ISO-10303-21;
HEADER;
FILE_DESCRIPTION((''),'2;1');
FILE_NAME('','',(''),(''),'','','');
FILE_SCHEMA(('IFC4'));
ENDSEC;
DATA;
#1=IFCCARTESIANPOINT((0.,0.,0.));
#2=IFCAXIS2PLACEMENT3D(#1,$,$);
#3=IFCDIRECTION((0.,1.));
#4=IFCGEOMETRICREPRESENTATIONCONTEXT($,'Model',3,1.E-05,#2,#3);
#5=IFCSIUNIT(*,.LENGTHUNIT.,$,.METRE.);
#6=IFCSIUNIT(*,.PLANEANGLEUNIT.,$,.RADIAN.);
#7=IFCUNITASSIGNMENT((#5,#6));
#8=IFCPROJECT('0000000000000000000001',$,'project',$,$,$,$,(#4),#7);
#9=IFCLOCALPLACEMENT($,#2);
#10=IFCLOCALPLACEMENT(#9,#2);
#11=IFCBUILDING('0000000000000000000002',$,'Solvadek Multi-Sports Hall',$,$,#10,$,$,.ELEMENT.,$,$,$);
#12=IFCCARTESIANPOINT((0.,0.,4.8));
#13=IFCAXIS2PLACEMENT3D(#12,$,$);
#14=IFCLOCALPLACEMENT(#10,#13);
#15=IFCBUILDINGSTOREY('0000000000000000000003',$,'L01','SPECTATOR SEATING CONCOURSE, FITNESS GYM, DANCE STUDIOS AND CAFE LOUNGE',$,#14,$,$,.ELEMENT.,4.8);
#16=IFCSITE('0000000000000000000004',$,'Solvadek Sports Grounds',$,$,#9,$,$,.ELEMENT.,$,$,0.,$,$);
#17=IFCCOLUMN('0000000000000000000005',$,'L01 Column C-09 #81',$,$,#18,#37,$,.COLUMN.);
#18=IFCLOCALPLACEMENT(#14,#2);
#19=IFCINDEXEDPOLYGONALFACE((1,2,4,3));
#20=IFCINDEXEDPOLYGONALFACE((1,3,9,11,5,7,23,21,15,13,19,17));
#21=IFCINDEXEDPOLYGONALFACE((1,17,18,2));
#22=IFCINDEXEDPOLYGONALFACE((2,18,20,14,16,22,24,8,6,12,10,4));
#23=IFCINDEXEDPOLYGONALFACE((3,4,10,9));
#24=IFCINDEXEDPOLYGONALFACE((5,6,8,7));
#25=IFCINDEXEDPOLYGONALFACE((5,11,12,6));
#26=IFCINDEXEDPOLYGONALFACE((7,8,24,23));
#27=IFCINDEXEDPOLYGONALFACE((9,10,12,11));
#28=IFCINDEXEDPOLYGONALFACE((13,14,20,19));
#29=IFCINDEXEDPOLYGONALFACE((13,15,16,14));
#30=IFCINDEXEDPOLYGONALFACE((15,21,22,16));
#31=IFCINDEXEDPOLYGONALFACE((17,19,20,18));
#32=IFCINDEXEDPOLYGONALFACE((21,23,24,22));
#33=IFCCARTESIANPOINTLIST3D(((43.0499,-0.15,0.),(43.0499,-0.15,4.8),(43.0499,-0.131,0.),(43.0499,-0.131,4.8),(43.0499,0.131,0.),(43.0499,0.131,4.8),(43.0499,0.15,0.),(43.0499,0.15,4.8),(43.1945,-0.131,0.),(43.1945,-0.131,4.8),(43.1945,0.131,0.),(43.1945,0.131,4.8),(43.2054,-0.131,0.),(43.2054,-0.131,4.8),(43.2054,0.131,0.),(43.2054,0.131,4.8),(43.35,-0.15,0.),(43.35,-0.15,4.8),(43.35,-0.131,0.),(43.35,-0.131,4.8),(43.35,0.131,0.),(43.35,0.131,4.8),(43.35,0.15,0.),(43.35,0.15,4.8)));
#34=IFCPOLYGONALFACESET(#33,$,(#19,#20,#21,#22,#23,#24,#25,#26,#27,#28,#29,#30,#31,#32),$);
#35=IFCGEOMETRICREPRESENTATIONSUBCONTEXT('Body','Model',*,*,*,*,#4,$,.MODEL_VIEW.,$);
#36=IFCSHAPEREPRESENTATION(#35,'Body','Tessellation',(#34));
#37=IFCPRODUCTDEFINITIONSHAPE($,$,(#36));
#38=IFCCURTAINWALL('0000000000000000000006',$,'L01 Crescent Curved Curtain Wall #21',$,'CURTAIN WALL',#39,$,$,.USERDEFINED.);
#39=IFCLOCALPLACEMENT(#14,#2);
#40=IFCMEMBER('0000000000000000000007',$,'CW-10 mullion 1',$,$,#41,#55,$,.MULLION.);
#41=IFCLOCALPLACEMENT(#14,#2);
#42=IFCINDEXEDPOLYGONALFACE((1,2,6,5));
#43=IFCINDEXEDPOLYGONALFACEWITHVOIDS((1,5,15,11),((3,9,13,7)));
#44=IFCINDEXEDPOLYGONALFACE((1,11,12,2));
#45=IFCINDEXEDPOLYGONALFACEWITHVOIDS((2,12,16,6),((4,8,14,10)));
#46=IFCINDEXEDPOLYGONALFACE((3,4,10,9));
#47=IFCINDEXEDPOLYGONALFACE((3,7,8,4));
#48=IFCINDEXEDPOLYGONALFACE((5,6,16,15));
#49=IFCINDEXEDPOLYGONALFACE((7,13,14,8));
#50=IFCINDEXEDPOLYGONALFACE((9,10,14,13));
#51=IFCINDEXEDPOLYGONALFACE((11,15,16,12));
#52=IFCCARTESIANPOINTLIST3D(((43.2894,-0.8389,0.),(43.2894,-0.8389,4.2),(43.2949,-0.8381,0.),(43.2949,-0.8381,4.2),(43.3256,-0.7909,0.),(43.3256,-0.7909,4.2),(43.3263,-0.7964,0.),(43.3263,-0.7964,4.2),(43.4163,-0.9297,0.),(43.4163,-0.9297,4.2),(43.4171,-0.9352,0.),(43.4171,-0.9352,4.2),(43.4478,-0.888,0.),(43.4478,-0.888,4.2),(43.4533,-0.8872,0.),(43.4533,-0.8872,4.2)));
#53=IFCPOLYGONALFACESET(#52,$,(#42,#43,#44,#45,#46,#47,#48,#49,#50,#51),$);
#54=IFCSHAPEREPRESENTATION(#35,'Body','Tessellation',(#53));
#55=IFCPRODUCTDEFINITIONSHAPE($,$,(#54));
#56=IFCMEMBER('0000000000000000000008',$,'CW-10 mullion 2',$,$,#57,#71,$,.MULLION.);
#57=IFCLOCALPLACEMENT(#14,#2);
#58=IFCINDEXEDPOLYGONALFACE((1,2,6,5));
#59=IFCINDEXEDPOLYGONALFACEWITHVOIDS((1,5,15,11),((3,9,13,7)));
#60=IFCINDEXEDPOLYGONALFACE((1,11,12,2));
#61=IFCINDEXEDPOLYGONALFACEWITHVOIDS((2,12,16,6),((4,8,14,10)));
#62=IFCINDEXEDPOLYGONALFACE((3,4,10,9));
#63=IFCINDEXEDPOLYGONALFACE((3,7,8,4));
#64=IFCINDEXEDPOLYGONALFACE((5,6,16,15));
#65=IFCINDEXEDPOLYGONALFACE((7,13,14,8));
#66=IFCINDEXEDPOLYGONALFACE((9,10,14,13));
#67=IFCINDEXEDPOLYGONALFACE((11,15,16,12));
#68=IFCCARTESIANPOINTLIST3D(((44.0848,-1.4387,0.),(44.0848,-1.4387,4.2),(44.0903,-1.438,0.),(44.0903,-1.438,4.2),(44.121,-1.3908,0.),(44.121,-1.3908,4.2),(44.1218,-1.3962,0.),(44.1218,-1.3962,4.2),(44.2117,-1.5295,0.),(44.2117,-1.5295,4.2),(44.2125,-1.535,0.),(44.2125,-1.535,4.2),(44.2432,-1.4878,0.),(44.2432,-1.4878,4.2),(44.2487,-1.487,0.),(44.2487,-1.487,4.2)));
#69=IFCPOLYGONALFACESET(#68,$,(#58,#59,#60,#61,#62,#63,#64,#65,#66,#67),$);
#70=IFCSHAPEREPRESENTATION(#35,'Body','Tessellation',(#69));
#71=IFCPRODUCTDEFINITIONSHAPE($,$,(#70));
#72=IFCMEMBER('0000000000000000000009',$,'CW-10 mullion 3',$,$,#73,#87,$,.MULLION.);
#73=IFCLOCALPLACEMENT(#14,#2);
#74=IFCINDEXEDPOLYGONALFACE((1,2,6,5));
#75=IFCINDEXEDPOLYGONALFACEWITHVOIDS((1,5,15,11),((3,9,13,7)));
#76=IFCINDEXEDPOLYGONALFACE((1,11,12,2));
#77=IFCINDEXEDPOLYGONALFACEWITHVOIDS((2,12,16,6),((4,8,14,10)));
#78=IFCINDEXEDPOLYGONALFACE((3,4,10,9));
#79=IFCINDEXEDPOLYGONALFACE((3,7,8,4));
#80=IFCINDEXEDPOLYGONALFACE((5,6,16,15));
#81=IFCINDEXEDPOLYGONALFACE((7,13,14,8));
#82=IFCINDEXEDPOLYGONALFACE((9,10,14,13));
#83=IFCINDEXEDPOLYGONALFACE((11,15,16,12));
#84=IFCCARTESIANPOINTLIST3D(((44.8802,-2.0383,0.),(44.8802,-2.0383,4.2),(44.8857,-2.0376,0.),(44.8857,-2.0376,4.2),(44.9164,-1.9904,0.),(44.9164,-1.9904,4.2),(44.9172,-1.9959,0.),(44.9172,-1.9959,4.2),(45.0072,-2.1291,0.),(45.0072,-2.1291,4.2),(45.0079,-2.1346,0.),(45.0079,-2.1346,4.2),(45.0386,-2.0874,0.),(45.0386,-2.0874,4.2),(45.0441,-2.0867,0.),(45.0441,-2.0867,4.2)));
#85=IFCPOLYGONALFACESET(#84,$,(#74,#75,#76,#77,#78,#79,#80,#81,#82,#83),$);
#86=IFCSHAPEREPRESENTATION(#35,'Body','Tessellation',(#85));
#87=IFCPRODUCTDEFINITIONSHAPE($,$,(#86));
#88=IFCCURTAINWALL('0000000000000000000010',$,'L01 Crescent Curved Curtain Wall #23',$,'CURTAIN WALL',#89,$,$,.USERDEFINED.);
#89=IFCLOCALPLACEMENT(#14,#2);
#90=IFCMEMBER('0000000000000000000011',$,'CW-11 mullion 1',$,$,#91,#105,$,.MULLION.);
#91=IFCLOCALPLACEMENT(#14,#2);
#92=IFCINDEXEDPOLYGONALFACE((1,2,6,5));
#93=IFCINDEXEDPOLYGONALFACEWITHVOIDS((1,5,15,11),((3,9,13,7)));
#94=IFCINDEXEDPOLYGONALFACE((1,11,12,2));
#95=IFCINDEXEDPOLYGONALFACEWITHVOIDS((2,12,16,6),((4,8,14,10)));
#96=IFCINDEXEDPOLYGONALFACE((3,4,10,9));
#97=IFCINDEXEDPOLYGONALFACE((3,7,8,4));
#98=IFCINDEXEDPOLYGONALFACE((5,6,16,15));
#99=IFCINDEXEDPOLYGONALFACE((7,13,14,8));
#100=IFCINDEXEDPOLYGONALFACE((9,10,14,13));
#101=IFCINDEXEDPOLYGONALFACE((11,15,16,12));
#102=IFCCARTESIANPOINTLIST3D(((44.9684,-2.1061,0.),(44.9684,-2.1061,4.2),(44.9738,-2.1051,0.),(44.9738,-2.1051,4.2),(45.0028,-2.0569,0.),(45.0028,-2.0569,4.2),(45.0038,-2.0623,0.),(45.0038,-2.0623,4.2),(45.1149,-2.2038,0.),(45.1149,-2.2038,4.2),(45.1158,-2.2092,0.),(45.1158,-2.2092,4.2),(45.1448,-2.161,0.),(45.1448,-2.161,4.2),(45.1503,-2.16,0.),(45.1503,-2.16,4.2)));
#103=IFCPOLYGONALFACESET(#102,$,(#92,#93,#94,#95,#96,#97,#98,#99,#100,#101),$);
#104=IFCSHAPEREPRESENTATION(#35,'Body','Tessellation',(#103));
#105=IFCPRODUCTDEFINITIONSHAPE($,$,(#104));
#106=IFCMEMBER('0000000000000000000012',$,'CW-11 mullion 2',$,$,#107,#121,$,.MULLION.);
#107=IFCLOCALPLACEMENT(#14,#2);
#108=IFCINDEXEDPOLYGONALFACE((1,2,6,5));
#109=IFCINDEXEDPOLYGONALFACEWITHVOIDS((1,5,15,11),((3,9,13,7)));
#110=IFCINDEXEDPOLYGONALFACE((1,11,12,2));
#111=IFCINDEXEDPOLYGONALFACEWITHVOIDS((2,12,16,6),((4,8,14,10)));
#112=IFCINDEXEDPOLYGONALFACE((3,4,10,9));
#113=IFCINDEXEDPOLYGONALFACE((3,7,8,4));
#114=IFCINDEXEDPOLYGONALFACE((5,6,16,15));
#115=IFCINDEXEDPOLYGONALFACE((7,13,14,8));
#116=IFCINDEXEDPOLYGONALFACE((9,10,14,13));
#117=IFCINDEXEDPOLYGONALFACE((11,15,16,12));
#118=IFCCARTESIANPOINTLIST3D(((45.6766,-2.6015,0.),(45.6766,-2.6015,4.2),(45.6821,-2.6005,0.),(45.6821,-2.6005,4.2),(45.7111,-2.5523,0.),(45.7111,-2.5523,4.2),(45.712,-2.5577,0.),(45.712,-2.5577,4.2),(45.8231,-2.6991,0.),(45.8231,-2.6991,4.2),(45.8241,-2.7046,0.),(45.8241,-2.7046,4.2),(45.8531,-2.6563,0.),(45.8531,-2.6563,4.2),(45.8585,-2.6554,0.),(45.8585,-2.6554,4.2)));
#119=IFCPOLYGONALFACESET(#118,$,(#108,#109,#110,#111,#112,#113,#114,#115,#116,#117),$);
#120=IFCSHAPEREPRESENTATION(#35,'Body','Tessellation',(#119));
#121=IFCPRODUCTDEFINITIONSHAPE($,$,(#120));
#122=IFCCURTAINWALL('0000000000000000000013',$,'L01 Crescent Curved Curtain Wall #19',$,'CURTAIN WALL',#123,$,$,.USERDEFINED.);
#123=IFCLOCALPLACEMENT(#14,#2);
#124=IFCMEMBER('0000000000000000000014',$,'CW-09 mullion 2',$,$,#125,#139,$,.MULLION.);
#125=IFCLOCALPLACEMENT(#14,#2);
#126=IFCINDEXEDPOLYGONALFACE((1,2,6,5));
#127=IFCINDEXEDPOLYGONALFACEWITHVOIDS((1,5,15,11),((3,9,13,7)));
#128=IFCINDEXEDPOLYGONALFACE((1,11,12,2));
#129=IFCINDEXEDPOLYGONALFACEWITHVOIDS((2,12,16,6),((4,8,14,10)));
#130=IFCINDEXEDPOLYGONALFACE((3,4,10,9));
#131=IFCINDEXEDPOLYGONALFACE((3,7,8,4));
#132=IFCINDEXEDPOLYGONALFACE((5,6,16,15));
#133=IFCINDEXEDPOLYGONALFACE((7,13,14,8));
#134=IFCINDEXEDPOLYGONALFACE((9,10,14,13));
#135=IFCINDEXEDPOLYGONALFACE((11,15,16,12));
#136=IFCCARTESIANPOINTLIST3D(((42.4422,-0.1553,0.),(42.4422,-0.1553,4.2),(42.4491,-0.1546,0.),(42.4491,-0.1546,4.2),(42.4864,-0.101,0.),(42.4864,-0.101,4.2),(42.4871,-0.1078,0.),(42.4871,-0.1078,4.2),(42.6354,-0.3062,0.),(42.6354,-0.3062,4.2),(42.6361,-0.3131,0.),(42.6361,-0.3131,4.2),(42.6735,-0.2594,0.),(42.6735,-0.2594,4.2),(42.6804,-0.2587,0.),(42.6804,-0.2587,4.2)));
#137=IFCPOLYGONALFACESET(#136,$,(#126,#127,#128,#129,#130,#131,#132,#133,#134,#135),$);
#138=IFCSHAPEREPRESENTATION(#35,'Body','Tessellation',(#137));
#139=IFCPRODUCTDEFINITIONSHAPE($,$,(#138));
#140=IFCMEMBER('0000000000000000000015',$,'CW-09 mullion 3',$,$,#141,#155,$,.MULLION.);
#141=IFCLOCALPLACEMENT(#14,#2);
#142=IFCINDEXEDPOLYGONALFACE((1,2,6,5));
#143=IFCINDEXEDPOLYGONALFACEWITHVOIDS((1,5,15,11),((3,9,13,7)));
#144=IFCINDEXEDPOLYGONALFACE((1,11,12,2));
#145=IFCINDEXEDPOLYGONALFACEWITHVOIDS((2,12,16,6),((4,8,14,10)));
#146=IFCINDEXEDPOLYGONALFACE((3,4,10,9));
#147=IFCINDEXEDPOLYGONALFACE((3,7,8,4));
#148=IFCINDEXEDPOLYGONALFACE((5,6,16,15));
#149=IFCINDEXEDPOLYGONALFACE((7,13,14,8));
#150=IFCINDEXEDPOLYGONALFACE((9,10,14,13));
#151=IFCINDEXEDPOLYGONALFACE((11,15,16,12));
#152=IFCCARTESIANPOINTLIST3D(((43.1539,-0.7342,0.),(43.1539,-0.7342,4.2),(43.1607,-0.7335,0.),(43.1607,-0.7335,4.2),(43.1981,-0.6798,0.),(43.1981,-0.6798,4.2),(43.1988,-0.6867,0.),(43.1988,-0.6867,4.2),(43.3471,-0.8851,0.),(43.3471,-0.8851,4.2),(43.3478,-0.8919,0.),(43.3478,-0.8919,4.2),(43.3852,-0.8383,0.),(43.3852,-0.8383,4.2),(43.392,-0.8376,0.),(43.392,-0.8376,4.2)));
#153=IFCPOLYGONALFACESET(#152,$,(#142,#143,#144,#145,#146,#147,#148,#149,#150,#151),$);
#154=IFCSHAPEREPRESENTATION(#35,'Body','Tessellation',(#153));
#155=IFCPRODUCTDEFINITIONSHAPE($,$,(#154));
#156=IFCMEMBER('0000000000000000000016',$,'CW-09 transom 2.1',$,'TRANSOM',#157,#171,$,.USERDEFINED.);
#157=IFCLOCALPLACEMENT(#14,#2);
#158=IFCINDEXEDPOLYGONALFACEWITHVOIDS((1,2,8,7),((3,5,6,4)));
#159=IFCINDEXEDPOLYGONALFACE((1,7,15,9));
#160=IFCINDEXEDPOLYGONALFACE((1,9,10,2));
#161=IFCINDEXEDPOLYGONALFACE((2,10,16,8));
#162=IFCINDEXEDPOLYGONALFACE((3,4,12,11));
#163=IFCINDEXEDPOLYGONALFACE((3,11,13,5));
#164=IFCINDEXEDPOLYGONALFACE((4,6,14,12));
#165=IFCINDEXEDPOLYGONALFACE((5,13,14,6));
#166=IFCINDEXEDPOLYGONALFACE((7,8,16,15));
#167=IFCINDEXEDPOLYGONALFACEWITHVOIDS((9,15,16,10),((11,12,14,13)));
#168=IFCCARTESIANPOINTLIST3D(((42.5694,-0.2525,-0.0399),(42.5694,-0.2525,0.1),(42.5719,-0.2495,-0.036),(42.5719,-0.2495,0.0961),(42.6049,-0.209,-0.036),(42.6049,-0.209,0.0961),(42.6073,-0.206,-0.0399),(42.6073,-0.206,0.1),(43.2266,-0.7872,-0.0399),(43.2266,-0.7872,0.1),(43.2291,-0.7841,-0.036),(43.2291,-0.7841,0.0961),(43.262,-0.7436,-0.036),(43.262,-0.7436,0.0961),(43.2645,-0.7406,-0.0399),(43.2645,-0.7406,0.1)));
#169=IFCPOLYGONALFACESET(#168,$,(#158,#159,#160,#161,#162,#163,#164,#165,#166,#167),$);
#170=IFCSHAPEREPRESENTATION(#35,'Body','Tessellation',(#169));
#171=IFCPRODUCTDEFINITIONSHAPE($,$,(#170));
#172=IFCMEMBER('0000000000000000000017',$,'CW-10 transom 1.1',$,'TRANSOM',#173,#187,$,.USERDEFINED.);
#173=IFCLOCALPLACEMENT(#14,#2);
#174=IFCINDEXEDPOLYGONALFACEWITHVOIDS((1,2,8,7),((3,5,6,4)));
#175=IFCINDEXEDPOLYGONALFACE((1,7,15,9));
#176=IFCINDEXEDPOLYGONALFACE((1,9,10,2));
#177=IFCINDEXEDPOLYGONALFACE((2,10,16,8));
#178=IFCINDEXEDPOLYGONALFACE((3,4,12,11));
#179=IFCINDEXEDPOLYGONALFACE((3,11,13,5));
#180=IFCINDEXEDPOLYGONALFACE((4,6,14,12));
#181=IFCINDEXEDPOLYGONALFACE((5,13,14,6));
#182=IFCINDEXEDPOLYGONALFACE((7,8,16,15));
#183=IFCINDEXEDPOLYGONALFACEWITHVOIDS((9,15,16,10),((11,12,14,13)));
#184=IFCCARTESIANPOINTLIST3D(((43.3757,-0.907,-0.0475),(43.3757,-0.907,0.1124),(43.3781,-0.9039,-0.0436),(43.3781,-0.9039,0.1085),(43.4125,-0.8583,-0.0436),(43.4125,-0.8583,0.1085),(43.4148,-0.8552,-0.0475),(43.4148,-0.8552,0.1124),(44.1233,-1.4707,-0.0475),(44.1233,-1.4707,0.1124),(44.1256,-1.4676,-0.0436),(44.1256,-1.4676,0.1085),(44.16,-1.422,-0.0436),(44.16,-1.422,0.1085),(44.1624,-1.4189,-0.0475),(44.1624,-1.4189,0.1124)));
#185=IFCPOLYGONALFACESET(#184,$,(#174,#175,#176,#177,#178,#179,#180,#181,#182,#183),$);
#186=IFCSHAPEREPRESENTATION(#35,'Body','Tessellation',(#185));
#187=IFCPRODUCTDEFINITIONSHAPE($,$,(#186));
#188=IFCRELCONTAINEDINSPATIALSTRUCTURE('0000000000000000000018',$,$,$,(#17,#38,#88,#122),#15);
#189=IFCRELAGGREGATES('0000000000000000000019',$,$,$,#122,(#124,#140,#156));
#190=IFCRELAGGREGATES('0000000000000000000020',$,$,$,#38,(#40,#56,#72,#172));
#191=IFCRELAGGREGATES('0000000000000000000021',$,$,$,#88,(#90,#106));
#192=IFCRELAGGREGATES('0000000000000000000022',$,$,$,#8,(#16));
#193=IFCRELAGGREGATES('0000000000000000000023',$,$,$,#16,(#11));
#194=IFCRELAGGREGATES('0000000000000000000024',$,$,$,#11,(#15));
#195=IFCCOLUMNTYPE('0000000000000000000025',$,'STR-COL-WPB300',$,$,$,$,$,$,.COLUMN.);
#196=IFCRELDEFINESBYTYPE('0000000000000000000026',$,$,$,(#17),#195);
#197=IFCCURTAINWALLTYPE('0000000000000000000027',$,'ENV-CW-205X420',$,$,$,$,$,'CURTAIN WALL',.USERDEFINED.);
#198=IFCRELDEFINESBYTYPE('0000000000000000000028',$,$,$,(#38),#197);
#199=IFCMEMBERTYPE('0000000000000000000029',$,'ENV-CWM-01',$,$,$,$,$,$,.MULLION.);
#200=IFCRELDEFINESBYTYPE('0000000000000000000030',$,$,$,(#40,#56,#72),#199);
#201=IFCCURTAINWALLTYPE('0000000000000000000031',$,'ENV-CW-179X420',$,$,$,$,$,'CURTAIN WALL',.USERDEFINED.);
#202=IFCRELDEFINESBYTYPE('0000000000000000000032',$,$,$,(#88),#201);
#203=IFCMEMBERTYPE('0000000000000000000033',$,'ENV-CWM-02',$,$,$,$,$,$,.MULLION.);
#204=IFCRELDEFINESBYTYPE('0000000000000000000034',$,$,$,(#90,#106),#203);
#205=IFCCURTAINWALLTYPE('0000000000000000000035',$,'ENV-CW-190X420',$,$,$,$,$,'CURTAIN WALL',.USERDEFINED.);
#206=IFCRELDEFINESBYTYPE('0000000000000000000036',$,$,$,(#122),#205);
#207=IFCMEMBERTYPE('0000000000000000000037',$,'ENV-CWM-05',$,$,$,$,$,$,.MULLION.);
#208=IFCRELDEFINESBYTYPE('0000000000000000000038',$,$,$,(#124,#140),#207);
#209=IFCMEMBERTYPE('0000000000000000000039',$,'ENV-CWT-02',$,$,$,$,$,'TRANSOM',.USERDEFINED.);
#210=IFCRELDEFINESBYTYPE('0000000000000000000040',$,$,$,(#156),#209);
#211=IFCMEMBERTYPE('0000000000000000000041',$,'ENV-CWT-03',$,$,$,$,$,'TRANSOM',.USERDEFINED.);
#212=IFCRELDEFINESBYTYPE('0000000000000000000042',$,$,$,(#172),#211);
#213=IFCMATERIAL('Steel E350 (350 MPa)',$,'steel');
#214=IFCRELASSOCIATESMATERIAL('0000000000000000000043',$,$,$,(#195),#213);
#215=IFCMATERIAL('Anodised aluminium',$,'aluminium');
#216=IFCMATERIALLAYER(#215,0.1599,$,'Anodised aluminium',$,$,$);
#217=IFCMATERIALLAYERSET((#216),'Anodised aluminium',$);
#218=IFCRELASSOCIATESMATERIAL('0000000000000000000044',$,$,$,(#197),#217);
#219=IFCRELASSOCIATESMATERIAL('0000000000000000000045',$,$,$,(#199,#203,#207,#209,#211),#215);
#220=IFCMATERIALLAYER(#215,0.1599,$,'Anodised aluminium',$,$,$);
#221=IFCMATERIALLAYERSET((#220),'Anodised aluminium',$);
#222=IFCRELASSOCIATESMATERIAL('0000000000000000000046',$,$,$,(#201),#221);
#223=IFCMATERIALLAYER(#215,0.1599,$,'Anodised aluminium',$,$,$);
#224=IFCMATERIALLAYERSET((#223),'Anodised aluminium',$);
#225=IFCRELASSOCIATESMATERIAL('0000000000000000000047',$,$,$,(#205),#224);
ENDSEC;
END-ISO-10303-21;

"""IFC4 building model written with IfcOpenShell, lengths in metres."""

from ifc_helpers import new_model, si_unit, direction, frame, origin, origin_2d, place, context, subcontext, project, spatial, hollow_rectangle, i_section, extrude, material, layer, layer_set, material_profile, profile_set, type_object, element, aggregate, save


model = new_model("IFC4")

# Units and contexts
model_context = context("Model", 3, precision=1e-05, world=origin(), true_north=direction((0.0, 1.0)))
body_context = subcontext(model_context, "Body", "Model", "MODEL_VIEW")
ifc_project = project(units=[si_unit("LENGTHUNIT", "METRE"), si_unit("PLANEANGLEUNIT", "RADIAN")], contexts=[model_context])

# Site, building, storey
site_placement = place(None, origin())
site = spatial("IfcSite", under=ifc_project, at=site_placement, Name="Solvadek Sports Grounds", CompositionType="ELEMENT", RefElevation=0.0)
building_placement = place(site_placement, origin())
building = spatial("IfcBuilding", under=site, at=building_placement, Name="Solvadek Multi-Sports Hall", CompositionType="ELEMENT")
storey_placement = place(building_placement, frame((0.0, 0.0, 4.8)))
storey = spatial("IfcBuildingStorey", under=building, at=storey_placement, Name="L01", Description="SPECTATOR SEATING CONCOURSE, FITNESS GYM, DANCE STUDIOS AND CAFE LOUNGE", CompositionType="ELEMENT", Elevation=4.8)

# Column
ifc_material_1 = material(Name="Steel E350 (350 MPa)", Category="steel")
ifc_material_profile_1 = material_profile(ifc_material_1, i_section(OverallWidth=0.3, OverallDepth=0.3, WebThickness=0.011, FlangeThickness=0.019, at=origin_2d()), Name="WPB 300")
ifc_profile_set_1 = profile_set([ifc_material_profile_1], Name="Steel E350 (350 MPa)")
column_type = type_object("IfcColumnType", Name="STR-COL-WPB300", PredefinedType="COLUMN", material=ifc_profile_set_1)
column_placement = place(storey_placement, frame((43.2, 0.0, 0.0), z_axis=(0.0, 0.0, 1.0), x_axis=(1.0, 0.0, 0.0)))
element("IfcColumn", 1, at=column_placement, inside=storey, type_object=column_type, Name="L01 Column C-09 #81", PredefinedType="COLUMN", context=body_context, shape_type="SweptSolid", body=[
    extrude(i_section(OverallWidth=0.3, OverallDepth=0.3, WebThickness=0.011, FlangeThickness=0.019, at=origin_2d()), origin(), (0.0, 0.0, 1.0), 4.8),
])

# Curtain walls, members
ifc_material_2 = material(Name="Anodised aluminium", Category="aluminium")
ifc_layer_1 = layer(ifc_material_2, 0.1599, Name="Anodised aluminium")
ifc_layer_set_1 = layer_set([ifc_layer_1], Name="Anodised aluminium")
curtain_wall_type_1 = type_object("IfcCurtainWallType", Name="ENV-CW-205X420", ElementType="CURTAIN WALL", PredefinedType="USERDEFINED", material=ifc_layer_set_1)
curtain_wall_1_placement = place(storey_placement, origin())
curtain_wall_1 = element("IfcCurtainWall", 2, at=curtain_wall_1_placement, inside=storey, type_object=curtain_wall_type_1, Name="L01 Crescent Curved Curtain Wall #21", ObjectType="CURTAIN WALL", PredefinedType="USERDEFINED")
ifc_material_profile_2 = material_profile(ifc_material_2, hollow_rectangle(XDim=0.0601, YDim=0.1599, WallThickness=0.0039, at=origin_2d()), Name="ALU-M 160x60x4")
ifc_profile_set_2 = profile_set([ifc_material_profile_2], Name="Anodised aluminium")
member_type_1 = type_object("IfcMemberType", Name="ENV-CWM-01", PredefinedType="MULLION", material=ifc_profile_set_2)
member_1_placement = place(storey_placement, frame((43.3713, -0.863, 0.0), z_axis=(0.0, 0.0, 1.0), x_axis=(0.602025, 0.798477, 0.0)))
member_1 = element("IfcMember", 3, at=member_1_placement, type_object=member_type_1, Name="CW-10 mullion 1", PredefinedType="MULLION", context=body_context, shape_type="SweptSolid", body=[
    extrude(hollow_rectangle(XDim=0.0601, YDim=0.1599, WallThickness=0.0039, at=origin_2d()), origin(), (0.0, 0.0, 1.0), 4.2),
])
member_2_placement = place(storey_placement, frame((44.1667, -1.4629, 0.0), z_axis=(0.0, 0.0, 1.0), x_axis=(0.602025, 0.798477, 0.0)))
member_2 = element("IfcMember", 4, at=member_2_placement, type_object=member_type_1, Name="CW-10 mullion 2", PredefinedType="MULLION", context=body_context, shape_type="SweptSolid", body=[
    extrude(hollow_rectangle(XDim=0.0601, YDim=0.1599, WallThickness=0.0039, at=origin_2d()), origin(), (0.0, 0.0, 1.0), 4.2),
])
member_3_placement = place(storey_placement, frame((44.9622, -2.0625, 0.0), z_axis=(0.0, 0.0, 1.0), x_axis=(0.602025, 0.798477, 0.0)))
member_3 = element("IfcMember", 5, at=member_3_placement, type_object=member_type_1, Name="CW-10 mullion 3", PredefinedType="MULLION", context=body_context, shape_type="SweptSolid", body=[
    extrude(hollow_rectangle(XDim=0.0601, YDim=0.1599, WallThickness=0.0039, at=origin_2d()), origin(), (0.0, 0.0, 1.0), 4.2),
])
ifc_layer_2 = layer(ifc_material_2, 0.1599, Name="Anodised aluminium")
ifc_layer_set_2 = layer_set([ifc_layer_2], Name="Anodised aluminium")
curtain_wall_type_2 = type_object("IfcCurtainWallType", Name="ENV-CW-179X420", ElementType="CURTAIN WALL", PredefinedType="USERDEFINED", material=ifc_layer_set_2)
curtain_wall_2_placement = place(storey_placement, origin())
curtain_wall_2 = element("IfcCurtainWall", 6, at=curtain_wall_2_placement, inside=storey, type_object=curtain_wall_type_2, Name="L01 Crescent Curved Curtain Wall #23", ObjectType="CURTAIN WALL", PredefinedType="USERDEFINED")
ifc_material_profile_3 = material_profile(ifc_material_2, hollow_rectangle(XDim=0.0601, YDim=0.1799, WallThickness=0.0039, at=origin_2d()), Name="ALU-M 180x60x4")
ifc_profile_set_3 = profile_set([ifc_material_profile_3], Name="Anodised aluminium")
member_type_2 = type_object("IfcMemberType", Name="ENV-CWM-02", PredefinedType="MULLION", material=ifc_profile_set_3)
member_4_placement = place(storey_placement, frame((45.0593, -2.1331, 0.0), z_axis=(0.0, 0.0, 1.0), x_axis=(0.57308, 0.8195, 0.0)))
member_4 = element("IfcMember", 7, at=member_4_placement, type_object=member_type_2, Name="CW-11 mullion 1", PredefinedType="MULLION", context=body_context, shape_type="SweptSolid", body=[
    extrude(hollow_rectangle(XDim=0.0601, YDim=0.1799, WallThickness=0.0039, at=origin_2d()), origin(), (0.0, 0.0, 1.0), 4.2),
])
member_5_placement = place(storey_placement, frame((45.7676, -2.6284, 0.0), z_axis=(0.0, 0.0, 1.0), x_axis=(0.57308, 0.8195, 0.0)))
member_5 = element("IfcMember", 8, at=member_5_placement, type_object=member_type_2, Name="CW-11 mullion 2", PredefinedType="MULLION", context=body_context, shape_type="SweptSolid", body=[
    extrude(hollow_rectangle(XDim=0.0601, YDim=0.1799, WallThickness=0.0039, at=origin_2d()), origin(), (0.0, 0.0, 1.0), 4.2),
])
ifc_layer_3 = layer(ifc_material_2, 0.1599, Name="Anodised aluminium")
ifc_layer_set_3 = layer_set([ifc_layer_3], Name="Anodised aluminium")
curtain_wall_type_3 = type_object("IfcCurtainWallType", Name="ENV-CW-190X420", ElementType="CURTAIN WALL", PredefinedType="USERDEFINED", material=ifc_layer_set_3)
curtain_wall_3_placement = place(storey_placement, origin())
curtain_wall_3 = element("IfcCurtainWall", 9, at=curtain_wall_3_placement, inside=storey, type_object=curtain_wall_type_3, Name="L01 Crescent Curved Curtain Wall #19", ObjectType="CURTAIN WALL", PredefinedType="USERDEFINED")
ifc_material_profile_4 = material_profile(ifc_material_2, hollow_rectangle(XDim=0.0701, YDim=0.25, WallThickness=0.0049, at=origin_2d()), Name="ALU-M 250x70x5")
ifc_profile_set_4 = profile_set([ifc_material_profile_4], Name="Anodised aluminium")
member_type_3 = type_object("IfcMemberType", Name="ENV-CWM-05", PredefinedType="MULLION", material=ifc_profile_set_4)
member_6_placement = place(storey_placement, frame((42.5613, -0.207, 0.0), z_axis=(0.0, 0.0, 1.0), x_axis=(0.631071, 0.775725, 0.0)))
member_6 = element("IfcMember", 10, at=member_6_placement, type_object=member_type_3, Name="CW-09 mullion 2", PredefinedType="MULLION", context=body_context, shape_type="SweptSolid", body=[
    extrude(hollow_rectangle(XDim=0.0701, YDim=0.25, WallThickness=0.0049, at=origin_2d()), origin(), (0.0, 0.0, 1.0), 4.2),
])
member_7_placement = place(storey_placement, frame((43.2729, -0.7859, 0.0), z_axis=(0.0, 0.0, 1.0), x_axis=(0.631071, 0.775725, 0.0)))
member_7 = element("IfcMember", 11, at=member_7_placement, type_object=member_type_3, Name="CW-09 mullion 3", PredefinedType="MULLION", context=body_context, shape_type="SweptSolid", body=[
    extrude(hollow_rectangle(XDim=0.0701, YDim=0.25, WallThickness=0.0049, at=origin_2d()), origin(), (0.0, 0.0, 1.0), 4.2),
])
ifc_material_profile_5 = material_profile(ifc_material_2, hollow_rectangle(XDim=0.0601, YDim=0.1399, WallThickness=0.0039, at=origin_2d()), Name="ALU-T 140x60x4")
ifc_profile_set_5 = profile_set([ifc_material_profile_5], Name="Anodised aluminium")
member_type_4 = type_object("IfcMemberType", Name="ENV-CWT-02", ElementType="TRANSOM", PredefinedType="USERDEFINED", material=ifc_profile_set_5)
member_8_placement = place(storey_placement, frame((42.5884, -0.2292, 0.03), z_axis=(0.775726, -0.63107, 0.0), x_axis=(0.63107, 0.775726, 0.0)))
member_8 = element("IfcMember", 12, at=member_8_placement, type_object=member_type_4, Name="CW-09 transom 2.1", ObjectType="TRANSOM", PredefinedType="USERDEFINED", context=body_context, shape_type="SweptSolid", body=[
    extrude(hollow_rectangle(XDim=0.0601, YDim=0.1399, WallThickness=0.0039, at=origin_2d()), origin(), (0.0, 0.0, 1.0), 0.8472),
])

# Member
ifc_material_profile_6 = material_profile(ifc_material_2, hollow_rectangle(XDim=0.0649, YDim=0.1599, WallThickness=0.0039, at=origin_2d()), Name="ALU-T 160x65x4")
ifc_profile_set_6 = profile_set([ifc_material_profile_6], Name="Anodised aluminium")
member_type_5 = type_object("IfcMemberType", Name="ENV-CWT-03", ElementType="TRANSOM", PredefinedType="USERDEFINED", material=ifc_profile_set_6)
member_9_placement = place(storey_placement, frame((43.3953, -0.8811, 0.0325), z_axis=(0.798433, -0.602084, 0.0), x_axis=(0.602084, 0.798433, 0.0)))
member_9 = element("IfcMember", 13, at=member_9_placement, type_object=member_type_5, Name="CW-10 transom 1.1", ObjectType="TRANSOM", PredefinedType="USERDEFINED", context=body_context, shape_type="SweptSolid", body=[
    extrude(hollow_rectangle(XDim=0.0649, YDim=0.1599, WallThickness=0.0039, at=origin_2d()), origin(), (0.0, 0.0, 1.0), 0.9363),
])

aggregate(curtain_wall_3, [member_6, member_7, member_8])
aggregate(curtain_wall_1, [member_1, member_2, member_3, member_9])
aggregate(curtain_wall_2, [member_4, member_5])

save(model, "model.ifc")
